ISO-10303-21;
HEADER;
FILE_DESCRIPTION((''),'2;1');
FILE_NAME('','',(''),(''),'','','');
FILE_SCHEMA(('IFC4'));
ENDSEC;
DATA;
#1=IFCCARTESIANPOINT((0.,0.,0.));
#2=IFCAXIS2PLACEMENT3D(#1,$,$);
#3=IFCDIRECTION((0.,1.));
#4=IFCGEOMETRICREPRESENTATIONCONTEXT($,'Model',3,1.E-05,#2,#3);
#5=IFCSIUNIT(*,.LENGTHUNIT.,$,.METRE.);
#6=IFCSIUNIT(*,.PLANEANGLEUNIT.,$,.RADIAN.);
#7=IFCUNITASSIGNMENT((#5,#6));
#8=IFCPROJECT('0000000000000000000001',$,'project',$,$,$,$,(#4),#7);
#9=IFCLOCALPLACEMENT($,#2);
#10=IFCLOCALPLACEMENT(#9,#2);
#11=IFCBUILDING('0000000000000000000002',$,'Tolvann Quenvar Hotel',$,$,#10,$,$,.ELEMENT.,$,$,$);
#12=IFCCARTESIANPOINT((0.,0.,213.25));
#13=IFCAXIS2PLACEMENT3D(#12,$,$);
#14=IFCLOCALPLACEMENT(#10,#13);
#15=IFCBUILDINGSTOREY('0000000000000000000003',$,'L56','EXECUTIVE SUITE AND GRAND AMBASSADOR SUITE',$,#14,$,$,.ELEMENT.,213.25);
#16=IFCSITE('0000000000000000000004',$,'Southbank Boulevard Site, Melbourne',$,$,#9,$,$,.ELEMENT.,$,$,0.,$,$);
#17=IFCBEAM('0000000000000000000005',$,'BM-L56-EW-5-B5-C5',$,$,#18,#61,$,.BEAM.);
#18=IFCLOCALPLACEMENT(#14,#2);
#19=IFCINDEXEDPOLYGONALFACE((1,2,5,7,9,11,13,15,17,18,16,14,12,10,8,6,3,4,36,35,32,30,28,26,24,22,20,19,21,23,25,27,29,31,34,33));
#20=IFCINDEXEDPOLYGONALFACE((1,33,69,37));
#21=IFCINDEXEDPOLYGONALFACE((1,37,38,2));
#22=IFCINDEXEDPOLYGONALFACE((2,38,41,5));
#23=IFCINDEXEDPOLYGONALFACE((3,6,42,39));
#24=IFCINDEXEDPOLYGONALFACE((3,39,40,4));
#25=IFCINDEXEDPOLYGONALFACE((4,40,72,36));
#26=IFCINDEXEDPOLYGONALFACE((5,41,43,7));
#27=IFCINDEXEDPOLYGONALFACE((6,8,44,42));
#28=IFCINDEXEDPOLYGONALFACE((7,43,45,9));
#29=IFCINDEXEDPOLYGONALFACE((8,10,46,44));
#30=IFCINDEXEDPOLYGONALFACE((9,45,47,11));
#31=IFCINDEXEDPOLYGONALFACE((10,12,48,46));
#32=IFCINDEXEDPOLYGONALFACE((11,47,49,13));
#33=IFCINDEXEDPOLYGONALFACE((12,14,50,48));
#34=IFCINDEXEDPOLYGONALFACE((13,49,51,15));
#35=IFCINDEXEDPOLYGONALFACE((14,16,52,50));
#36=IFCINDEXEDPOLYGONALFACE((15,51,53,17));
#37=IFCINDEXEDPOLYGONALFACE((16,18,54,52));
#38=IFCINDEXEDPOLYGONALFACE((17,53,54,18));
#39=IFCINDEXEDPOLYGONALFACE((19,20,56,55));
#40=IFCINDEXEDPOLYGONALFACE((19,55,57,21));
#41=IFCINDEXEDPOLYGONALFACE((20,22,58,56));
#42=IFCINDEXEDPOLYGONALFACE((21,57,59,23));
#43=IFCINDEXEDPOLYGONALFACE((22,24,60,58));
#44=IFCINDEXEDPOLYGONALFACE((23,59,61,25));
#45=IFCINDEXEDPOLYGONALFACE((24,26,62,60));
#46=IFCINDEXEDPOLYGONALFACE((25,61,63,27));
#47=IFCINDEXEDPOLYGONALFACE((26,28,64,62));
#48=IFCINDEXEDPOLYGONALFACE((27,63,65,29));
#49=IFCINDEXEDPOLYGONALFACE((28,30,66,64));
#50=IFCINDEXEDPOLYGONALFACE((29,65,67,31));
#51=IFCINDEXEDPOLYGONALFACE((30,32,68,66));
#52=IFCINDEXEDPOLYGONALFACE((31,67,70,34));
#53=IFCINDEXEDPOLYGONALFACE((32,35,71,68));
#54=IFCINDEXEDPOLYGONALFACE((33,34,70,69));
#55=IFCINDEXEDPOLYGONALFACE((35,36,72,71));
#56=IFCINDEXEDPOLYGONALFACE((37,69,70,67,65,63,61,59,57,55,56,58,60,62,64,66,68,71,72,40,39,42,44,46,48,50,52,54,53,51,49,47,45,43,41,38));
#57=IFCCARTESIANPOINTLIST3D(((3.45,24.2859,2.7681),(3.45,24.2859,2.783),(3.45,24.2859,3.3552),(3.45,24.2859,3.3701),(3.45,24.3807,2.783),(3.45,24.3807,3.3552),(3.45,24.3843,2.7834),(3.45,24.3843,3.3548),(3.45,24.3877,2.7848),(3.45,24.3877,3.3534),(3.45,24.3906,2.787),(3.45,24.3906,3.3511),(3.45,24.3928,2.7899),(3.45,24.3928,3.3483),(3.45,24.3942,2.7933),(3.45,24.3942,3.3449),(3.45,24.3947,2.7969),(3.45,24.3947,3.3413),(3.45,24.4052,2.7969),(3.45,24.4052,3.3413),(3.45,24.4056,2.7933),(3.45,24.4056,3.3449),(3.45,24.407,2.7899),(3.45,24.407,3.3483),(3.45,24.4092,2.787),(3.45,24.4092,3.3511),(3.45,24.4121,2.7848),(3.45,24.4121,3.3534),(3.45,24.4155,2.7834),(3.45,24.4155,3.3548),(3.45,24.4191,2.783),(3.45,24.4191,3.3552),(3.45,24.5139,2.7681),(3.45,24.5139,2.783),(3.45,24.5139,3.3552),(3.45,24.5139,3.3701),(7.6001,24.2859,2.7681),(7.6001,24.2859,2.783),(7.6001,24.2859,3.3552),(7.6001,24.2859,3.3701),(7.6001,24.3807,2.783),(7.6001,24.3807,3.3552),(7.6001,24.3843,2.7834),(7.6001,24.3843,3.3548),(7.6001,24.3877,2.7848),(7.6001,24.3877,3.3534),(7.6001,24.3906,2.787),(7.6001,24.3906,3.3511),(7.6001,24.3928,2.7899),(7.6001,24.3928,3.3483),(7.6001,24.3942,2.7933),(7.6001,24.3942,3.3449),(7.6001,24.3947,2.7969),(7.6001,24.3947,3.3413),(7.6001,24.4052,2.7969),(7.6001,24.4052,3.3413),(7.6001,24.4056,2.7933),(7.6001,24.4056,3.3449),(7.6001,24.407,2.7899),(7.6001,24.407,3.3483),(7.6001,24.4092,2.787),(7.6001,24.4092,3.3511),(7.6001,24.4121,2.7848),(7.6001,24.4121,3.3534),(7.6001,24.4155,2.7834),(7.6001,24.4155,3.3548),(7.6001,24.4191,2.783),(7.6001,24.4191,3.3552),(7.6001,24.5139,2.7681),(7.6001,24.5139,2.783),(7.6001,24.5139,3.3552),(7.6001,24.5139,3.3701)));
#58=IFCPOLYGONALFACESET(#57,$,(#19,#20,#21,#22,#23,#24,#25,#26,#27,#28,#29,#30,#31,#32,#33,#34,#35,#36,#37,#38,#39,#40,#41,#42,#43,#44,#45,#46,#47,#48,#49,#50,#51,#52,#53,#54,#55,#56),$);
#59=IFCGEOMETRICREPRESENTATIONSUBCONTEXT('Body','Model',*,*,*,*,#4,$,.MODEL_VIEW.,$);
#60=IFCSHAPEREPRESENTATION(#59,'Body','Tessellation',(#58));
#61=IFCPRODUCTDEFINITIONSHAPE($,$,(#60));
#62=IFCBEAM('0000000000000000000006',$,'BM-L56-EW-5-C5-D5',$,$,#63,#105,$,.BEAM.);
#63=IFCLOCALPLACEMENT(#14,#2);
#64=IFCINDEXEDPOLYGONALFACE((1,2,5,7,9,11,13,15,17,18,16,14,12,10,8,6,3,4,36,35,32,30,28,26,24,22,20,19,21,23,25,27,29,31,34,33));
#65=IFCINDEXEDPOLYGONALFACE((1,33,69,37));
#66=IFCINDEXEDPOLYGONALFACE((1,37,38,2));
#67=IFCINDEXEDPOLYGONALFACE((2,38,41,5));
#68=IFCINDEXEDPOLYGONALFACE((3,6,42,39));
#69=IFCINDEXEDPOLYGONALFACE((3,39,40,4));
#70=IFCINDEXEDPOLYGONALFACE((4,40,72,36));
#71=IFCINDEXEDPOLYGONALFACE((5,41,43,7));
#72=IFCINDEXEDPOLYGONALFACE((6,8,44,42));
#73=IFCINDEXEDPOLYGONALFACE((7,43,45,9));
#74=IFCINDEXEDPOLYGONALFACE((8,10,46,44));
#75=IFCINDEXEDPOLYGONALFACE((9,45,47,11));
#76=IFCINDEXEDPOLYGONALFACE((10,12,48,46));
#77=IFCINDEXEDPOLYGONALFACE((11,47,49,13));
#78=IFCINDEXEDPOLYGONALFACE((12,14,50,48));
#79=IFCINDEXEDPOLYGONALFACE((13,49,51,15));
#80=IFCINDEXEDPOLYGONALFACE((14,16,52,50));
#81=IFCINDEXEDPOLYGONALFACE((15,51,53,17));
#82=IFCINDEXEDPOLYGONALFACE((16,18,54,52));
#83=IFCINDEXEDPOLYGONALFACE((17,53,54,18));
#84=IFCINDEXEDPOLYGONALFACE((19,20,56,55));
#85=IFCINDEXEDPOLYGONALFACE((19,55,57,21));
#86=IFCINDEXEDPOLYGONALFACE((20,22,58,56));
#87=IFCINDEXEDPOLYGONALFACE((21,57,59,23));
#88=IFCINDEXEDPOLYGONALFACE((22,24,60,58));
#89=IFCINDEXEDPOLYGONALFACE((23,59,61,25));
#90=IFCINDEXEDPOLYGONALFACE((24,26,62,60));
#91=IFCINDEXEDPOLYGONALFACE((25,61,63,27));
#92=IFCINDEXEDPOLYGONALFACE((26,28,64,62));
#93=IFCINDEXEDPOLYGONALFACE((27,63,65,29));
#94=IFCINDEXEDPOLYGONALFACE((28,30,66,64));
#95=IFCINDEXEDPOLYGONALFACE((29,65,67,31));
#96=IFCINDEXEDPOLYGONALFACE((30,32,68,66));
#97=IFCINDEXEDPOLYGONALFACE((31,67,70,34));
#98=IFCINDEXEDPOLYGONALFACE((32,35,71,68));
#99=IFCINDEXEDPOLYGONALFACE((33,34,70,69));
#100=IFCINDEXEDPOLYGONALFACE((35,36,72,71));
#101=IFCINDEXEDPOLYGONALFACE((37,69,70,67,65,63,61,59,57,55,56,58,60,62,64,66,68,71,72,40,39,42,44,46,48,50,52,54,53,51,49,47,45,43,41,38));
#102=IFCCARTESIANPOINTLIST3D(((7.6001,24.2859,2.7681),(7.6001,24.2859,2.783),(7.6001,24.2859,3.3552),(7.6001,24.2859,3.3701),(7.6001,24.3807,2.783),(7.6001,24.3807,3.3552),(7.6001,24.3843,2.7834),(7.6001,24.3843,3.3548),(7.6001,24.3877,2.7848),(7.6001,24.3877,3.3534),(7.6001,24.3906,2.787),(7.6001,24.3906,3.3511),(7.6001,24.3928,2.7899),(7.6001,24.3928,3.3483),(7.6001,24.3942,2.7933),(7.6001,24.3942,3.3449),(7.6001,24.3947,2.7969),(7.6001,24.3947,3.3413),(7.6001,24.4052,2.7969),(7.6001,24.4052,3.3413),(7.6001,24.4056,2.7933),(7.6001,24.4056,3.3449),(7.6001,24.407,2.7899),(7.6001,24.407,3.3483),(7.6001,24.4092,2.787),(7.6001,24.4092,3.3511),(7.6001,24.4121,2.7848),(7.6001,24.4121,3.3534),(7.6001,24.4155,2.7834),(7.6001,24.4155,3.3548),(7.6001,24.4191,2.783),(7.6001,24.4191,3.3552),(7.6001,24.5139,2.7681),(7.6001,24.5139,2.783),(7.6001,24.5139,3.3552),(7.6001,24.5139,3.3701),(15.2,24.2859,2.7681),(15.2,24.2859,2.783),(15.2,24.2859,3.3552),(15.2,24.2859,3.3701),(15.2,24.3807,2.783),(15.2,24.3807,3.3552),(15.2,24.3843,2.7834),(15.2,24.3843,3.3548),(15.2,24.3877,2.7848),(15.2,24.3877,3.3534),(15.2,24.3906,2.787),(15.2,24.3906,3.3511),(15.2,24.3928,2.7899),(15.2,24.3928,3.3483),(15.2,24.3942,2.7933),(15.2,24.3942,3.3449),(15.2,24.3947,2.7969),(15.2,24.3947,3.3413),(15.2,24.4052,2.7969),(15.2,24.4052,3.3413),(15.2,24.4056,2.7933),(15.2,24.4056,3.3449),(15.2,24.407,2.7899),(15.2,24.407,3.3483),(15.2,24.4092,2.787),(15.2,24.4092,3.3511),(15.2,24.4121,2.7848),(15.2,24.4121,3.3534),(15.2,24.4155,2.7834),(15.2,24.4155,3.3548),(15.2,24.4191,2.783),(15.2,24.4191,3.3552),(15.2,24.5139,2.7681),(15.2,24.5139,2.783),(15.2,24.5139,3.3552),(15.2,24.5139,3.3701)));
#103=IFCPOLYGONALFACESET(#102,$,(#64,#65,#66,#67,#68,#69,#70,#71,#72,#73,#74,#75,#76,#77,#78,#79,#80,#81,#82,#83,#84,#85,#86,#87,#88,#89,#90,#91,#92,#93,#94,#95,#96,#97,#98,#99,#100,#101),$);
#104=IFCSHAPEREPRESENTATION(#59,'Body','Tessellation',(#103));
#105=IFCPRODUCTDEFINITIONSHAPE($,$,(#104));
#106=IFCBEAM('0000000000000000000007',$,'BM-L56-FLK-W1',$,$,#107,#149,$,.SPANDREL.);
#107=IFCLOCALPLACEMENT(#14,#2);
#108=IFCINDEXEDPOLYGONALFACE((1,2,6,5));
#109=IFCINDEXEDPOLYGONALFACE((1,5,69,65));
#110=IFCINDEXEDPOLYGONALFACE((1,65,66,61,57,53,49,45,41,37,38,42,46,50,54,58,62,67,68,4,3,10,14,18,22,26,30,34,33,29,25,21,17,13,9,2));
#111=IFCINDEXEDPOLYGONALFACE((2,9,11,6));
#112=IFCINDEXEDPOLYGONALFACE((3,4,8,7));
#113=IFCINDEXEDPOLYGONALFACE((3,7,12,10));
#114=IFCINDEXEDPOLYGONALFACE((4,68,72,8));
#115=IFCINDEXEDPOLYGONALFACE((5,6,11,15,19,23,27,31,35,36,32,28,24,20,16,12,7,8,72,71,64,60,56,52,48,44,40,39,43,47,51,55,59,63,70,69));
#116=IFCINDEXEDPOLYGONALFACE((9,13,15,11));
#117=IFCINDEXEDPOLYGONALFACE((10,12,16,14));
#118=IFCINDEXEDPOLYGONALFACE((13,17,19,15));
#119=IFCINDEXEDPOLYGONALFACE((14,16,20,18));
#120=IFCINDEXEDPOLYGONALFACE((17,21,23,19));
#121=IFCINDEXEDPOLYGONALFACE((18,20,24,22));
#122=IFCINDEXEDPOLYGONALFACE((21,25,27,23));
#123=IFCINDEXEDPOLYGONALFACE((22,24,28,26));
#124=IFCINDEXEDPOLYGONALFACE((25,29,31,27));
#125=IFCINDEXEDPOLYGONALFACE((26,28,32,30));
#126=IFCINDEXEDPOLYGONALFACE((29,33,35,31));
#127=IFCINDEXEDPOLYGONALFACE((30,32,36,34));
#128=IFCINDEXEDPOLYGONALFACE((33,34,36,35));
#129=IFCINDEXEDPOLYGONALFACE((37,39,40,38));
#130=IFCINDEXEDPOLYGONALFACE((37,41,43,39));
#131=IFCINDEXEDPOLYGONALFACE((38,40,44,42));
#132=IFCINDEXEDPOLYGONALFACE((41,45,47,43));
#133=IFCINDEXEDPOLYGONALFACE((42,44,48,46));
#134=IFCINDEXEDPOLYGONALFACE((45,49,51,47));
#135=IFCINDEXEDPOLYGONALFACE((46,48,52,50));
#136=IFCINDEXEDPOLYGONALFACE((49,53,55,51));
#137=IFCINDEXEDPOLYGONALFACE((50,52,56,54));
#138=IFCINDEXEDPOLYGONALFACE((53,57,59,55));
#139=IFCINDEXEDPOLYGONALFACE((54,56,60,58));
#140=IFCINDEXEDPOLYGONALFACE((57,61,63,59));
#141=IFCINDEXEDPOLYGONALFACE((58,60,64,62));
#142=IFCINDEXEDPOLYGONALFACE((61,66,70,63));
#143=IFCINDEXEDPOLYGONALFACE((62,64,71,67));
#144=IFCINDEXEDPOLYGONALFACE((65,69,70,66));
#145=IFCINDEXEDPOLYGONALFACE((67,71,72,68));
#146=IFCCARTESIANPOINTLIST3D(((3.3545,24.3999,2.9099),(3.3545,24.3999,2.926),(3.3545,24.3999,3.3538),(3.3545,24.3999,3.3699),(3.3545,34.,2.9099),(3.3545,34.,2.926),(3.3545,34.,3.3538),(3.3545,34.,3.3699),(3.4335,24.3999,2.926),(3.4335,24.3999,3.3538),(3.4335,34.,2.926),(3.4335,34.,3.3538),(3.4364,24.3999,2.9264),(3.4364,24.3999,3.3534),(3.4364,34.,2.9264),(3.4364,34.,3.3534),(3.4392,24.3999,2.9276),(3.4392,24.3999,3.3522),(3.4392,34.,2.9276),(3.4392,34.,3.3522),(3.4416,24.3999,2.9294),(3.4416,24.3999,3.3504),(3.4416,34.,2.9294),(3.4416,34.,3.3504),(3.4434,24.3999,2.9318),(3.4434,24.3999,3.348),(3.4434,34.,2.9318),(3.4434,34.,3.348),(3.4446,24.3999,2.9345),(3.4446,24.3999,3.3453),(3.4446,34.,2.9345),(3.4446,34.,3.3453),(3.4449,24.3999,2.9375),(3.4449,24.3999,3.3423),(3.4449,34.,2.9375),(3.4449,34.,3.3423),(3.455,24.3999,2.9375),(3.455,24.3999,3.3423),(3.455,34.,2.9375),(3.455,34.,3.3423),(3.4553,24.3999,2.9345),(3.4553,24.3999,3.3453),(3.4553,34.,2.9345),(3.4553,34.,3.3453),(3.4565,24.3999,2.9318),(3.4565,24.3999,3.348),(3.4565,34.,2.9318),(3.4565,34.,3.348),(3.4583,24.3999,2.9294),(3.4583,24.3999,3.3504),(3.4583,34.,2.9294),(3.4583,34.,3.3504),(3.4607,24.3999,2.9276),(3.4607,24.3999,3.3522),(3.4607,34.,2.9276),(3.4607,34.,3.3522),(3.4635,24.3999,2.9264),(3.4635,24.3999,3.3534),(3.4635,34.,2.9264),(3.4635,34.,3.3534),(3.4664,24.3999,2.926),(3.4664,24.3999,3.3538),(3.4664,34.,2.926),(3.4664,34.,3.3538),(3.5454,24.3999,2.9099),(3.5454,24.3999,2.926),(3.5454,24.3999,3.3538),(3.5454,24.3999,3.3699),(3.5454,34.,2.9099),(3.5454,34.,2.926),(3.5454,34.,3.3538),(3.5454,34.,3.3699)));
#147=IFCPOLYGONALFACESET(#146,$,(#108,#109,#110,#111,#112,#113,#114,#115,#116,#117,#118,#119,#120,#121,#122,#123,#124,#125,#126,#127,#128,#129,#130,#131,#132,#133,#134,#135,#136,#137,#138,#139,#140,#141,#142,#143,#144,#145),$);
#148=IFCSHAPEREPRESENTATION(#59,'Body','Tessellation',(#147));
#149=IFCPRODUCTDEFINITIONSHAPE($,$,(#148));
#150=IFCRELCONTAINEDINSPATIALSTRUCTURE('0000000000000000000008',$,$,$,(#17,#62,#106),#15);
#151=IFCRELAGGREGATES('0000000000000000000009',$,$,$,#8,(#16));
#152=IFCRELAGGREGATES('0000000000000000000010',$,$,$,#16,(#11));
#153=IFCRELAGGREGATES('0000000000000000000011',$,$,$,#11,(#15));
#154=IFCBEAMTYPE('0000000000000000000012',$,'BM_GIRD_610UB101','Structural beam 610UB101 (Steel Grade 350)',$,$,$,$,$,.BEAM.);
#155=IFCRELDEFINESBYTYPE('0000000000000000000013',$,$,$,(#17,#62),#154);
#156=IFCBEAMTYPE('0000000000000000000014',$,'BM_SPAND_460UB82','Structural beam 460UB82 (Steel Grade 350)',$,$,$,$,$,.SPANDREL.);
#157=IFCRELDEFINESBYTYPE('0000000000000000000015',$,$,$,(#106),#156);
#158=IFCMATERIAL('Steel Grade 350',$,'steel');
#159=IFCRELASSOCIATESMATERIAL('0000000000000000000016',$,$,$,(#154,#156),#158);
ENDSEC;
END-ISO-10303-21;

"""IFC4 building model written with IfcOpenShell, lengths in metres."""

from ifc_helpers import new_model, si_unit, direction, frame, origin, origin_2d, place, context, subcontext, project, spatial, i_section, extrude, source, transform, mapped, material, material_profile, profile_set, type_object, type_shapes, element, save


model = new_model("IFC4")

# Units and contexts
model_context = context("Model", 3, precision=1e-05, world=origin(), true_north=direction((0.0, 1.0)))
body_context = subcontext(model_context, "Body", "Model", "MODEL_VIEW")
ifc_project = project(units=[si_unit("LENGTHUNIT", "METRE"), si_unit("PLANEANGLEUNIT", "RADIAN")], contexts=[model_context])

# Site, building, storey
site_placement = place(None, origin())
site = spatial("IfcSite", under=ifc_project, at=site_placement, Name="Southbank Boulevard Site, Melbourne", CompositionType="ELEMENT", RefElevation=0.0)
building_placement = place(site_placement, origin())
building = spatial("IfcBuilding", under=site, at=building_placement, Name="Tolvann Quenvar Hotel", CompositionType="ELEMENT")
storey_placement = place(building_placement, frame((0.0, 0.0, 213.25)))
storey = spatial("IfcBuildingStorey", under=building, at=storey_placement, Name="L56", Description="EXECUTIVE SUITE AND GRAND AMBASSADOR SUITE", CompositionType="ELEMENT", Elevation=213.25)

# Shared definitions
ifc_material_1 = material(Name="Steel Grade 350", Category="steel")

# Beams
ifc_material_profile_1 = material_profile(ifc_material_1, i_section(OverallWidth=0.228, OverallDepth=0.6021, WebThickness=0.0105, FlangeThickness=0.0149, FilletRadius=0.0139, at=origin_2d()), Name="610UB101")
ifc_profile_set_1 = profile_set([ifc_material_profile_1], Name="Steel Grade 350")
beam_type_1 = type_object("IfcBeamType", Name="BM_GIRD_610UB101", Description="Structural beam 610UB101 (Steel Grade 350)", PredefinedType="BEAM", material=ifc_profile_set_1)
shared_shape_1 = source(origin(), body_context, "Body", "SweptSolid", [
    extrude(i_section(OverallWidth=0.228, OverallDepth=0.6021, WebThickness=0.0105, FlangeThickness=0.0149, FilletRadius=0.0139, at=origin_2d()), origin(), (0.0, 0.0, 1.0), 4.1501),
])
beam_1_placement = place(storey_placement, frame((3.45, 24.3999, 3.0691), z_axis=(1.0, 0.0, 0.0), x_axis=(0.0, 1.0, 0.0)))
element("IfcBeam", 1, at=beam_1_placement, inside=storey, type_object=beam_type_1, Name="BM-L56-EW-5-B5-C5", PredefinedType="BEAM", context=body_context, shape_type="MappedRepresentation", body=[
    mapped(shared_shape_1, transform((0.0, 0.0, 0.0), x_axis=(1.0, 0.0, 0.0), y_axis=(0.0, 1.0, 0.0), z_axis=(0.0, 0.0, 1.0), scale=1.0)),
])
shared_shape_2 = source(origin(), body_context, "Body", "SweptSolid", [
    extrude(i_section(OverallWidth=0.228, OverallDepth=0.6021, WebThickness=0.0105, FlangeThickness=0.0149, FilletRadius=0.0139, at=origin_2d()), origin(), (0.0, 0.0, 1.0), 7.5999),
])
type_shapes(beam_type_1, [shared_shape_1, shared_shape_2])
beam_2_placement = place(storey_placement, frame((7.6001, 24.3999, 3.0691), z_axis=(1.0, 0.0, 0.0), x_axis=(0.0, 1.0, 0.0)))
element("IfcBeam", 2, at=beam_2_placement, inside=storey, type_object=beam_type_1, Name="BM-L56-EW-5-C5-D5", PredefinedType="BEAM", context=body_context, shape_type="MappedRepresentation", body=[
    mapped(shared_shape_2, transform((0.0, 0.0, 0.0), x_axis=(1.0, 0.0, 0.0), y_axis=(0.0, 1.0, 0.0), z_axis=(0.0, 0.0, 1.0), scale=1.0)),
])
ifc_material_profile_2 = material_profile(ifc_material_1, i_section(OverallWidth=0.1909, OverallDepth=0.46, WebThickness=0.01, FlangeThickness=0.0161, FilletRadius=0.0115, at=origin_2d()), Name="460UB82")
ifc_profile_set_2 = profile_set([ifc_material_profile_2], Name="Steel Grade 350")
beam_type_2 = type_object("IfcBeamType", Name="BM_SPAND_460UB82", Description="Structural beam 460UB82 (Steel Grade 350)", PredefinedType="SPANDREL", material=ifc_profile_set_2)
shared_shape_3 = source(origin(), body_context, "Body", "SweptSolid", [
    extrude(i_section(OverallWidth=0.1909, OverallDepth=0.46, WebThickness=0.01, FlangeThickness=0.0161, FilletRadius=0.0115, at=origin_2d()), origin(), (0.0, 0.0, 1.0), 9.6001),
])
beam_3_placement = place(storey_placement, frame((3.45, 24.3999, 3.1399), z_axis=(0.0, 1.0, 0.0), x_axis=(-1.0, 0.0, 0.0)))
element("IfcBeam", 3, at=beam_3_placement, inside=storey, type_object=beam_type_2, Name="BM-L56-FLK-W1", PredefinedType="SPANDREL", context=body_context, shape_type="MappedRepresentation", body=[
    mapped(shared_shape_3, transform((0.0, 0.0, 0.0), x_axis=(1.0, 0.0, 0.0), y_axis=(0.0, 1.0, 0.0), z_axis=(0.0, 0.0, 1.0), scale=1.0)),
])

save(model, "model.ifc")
